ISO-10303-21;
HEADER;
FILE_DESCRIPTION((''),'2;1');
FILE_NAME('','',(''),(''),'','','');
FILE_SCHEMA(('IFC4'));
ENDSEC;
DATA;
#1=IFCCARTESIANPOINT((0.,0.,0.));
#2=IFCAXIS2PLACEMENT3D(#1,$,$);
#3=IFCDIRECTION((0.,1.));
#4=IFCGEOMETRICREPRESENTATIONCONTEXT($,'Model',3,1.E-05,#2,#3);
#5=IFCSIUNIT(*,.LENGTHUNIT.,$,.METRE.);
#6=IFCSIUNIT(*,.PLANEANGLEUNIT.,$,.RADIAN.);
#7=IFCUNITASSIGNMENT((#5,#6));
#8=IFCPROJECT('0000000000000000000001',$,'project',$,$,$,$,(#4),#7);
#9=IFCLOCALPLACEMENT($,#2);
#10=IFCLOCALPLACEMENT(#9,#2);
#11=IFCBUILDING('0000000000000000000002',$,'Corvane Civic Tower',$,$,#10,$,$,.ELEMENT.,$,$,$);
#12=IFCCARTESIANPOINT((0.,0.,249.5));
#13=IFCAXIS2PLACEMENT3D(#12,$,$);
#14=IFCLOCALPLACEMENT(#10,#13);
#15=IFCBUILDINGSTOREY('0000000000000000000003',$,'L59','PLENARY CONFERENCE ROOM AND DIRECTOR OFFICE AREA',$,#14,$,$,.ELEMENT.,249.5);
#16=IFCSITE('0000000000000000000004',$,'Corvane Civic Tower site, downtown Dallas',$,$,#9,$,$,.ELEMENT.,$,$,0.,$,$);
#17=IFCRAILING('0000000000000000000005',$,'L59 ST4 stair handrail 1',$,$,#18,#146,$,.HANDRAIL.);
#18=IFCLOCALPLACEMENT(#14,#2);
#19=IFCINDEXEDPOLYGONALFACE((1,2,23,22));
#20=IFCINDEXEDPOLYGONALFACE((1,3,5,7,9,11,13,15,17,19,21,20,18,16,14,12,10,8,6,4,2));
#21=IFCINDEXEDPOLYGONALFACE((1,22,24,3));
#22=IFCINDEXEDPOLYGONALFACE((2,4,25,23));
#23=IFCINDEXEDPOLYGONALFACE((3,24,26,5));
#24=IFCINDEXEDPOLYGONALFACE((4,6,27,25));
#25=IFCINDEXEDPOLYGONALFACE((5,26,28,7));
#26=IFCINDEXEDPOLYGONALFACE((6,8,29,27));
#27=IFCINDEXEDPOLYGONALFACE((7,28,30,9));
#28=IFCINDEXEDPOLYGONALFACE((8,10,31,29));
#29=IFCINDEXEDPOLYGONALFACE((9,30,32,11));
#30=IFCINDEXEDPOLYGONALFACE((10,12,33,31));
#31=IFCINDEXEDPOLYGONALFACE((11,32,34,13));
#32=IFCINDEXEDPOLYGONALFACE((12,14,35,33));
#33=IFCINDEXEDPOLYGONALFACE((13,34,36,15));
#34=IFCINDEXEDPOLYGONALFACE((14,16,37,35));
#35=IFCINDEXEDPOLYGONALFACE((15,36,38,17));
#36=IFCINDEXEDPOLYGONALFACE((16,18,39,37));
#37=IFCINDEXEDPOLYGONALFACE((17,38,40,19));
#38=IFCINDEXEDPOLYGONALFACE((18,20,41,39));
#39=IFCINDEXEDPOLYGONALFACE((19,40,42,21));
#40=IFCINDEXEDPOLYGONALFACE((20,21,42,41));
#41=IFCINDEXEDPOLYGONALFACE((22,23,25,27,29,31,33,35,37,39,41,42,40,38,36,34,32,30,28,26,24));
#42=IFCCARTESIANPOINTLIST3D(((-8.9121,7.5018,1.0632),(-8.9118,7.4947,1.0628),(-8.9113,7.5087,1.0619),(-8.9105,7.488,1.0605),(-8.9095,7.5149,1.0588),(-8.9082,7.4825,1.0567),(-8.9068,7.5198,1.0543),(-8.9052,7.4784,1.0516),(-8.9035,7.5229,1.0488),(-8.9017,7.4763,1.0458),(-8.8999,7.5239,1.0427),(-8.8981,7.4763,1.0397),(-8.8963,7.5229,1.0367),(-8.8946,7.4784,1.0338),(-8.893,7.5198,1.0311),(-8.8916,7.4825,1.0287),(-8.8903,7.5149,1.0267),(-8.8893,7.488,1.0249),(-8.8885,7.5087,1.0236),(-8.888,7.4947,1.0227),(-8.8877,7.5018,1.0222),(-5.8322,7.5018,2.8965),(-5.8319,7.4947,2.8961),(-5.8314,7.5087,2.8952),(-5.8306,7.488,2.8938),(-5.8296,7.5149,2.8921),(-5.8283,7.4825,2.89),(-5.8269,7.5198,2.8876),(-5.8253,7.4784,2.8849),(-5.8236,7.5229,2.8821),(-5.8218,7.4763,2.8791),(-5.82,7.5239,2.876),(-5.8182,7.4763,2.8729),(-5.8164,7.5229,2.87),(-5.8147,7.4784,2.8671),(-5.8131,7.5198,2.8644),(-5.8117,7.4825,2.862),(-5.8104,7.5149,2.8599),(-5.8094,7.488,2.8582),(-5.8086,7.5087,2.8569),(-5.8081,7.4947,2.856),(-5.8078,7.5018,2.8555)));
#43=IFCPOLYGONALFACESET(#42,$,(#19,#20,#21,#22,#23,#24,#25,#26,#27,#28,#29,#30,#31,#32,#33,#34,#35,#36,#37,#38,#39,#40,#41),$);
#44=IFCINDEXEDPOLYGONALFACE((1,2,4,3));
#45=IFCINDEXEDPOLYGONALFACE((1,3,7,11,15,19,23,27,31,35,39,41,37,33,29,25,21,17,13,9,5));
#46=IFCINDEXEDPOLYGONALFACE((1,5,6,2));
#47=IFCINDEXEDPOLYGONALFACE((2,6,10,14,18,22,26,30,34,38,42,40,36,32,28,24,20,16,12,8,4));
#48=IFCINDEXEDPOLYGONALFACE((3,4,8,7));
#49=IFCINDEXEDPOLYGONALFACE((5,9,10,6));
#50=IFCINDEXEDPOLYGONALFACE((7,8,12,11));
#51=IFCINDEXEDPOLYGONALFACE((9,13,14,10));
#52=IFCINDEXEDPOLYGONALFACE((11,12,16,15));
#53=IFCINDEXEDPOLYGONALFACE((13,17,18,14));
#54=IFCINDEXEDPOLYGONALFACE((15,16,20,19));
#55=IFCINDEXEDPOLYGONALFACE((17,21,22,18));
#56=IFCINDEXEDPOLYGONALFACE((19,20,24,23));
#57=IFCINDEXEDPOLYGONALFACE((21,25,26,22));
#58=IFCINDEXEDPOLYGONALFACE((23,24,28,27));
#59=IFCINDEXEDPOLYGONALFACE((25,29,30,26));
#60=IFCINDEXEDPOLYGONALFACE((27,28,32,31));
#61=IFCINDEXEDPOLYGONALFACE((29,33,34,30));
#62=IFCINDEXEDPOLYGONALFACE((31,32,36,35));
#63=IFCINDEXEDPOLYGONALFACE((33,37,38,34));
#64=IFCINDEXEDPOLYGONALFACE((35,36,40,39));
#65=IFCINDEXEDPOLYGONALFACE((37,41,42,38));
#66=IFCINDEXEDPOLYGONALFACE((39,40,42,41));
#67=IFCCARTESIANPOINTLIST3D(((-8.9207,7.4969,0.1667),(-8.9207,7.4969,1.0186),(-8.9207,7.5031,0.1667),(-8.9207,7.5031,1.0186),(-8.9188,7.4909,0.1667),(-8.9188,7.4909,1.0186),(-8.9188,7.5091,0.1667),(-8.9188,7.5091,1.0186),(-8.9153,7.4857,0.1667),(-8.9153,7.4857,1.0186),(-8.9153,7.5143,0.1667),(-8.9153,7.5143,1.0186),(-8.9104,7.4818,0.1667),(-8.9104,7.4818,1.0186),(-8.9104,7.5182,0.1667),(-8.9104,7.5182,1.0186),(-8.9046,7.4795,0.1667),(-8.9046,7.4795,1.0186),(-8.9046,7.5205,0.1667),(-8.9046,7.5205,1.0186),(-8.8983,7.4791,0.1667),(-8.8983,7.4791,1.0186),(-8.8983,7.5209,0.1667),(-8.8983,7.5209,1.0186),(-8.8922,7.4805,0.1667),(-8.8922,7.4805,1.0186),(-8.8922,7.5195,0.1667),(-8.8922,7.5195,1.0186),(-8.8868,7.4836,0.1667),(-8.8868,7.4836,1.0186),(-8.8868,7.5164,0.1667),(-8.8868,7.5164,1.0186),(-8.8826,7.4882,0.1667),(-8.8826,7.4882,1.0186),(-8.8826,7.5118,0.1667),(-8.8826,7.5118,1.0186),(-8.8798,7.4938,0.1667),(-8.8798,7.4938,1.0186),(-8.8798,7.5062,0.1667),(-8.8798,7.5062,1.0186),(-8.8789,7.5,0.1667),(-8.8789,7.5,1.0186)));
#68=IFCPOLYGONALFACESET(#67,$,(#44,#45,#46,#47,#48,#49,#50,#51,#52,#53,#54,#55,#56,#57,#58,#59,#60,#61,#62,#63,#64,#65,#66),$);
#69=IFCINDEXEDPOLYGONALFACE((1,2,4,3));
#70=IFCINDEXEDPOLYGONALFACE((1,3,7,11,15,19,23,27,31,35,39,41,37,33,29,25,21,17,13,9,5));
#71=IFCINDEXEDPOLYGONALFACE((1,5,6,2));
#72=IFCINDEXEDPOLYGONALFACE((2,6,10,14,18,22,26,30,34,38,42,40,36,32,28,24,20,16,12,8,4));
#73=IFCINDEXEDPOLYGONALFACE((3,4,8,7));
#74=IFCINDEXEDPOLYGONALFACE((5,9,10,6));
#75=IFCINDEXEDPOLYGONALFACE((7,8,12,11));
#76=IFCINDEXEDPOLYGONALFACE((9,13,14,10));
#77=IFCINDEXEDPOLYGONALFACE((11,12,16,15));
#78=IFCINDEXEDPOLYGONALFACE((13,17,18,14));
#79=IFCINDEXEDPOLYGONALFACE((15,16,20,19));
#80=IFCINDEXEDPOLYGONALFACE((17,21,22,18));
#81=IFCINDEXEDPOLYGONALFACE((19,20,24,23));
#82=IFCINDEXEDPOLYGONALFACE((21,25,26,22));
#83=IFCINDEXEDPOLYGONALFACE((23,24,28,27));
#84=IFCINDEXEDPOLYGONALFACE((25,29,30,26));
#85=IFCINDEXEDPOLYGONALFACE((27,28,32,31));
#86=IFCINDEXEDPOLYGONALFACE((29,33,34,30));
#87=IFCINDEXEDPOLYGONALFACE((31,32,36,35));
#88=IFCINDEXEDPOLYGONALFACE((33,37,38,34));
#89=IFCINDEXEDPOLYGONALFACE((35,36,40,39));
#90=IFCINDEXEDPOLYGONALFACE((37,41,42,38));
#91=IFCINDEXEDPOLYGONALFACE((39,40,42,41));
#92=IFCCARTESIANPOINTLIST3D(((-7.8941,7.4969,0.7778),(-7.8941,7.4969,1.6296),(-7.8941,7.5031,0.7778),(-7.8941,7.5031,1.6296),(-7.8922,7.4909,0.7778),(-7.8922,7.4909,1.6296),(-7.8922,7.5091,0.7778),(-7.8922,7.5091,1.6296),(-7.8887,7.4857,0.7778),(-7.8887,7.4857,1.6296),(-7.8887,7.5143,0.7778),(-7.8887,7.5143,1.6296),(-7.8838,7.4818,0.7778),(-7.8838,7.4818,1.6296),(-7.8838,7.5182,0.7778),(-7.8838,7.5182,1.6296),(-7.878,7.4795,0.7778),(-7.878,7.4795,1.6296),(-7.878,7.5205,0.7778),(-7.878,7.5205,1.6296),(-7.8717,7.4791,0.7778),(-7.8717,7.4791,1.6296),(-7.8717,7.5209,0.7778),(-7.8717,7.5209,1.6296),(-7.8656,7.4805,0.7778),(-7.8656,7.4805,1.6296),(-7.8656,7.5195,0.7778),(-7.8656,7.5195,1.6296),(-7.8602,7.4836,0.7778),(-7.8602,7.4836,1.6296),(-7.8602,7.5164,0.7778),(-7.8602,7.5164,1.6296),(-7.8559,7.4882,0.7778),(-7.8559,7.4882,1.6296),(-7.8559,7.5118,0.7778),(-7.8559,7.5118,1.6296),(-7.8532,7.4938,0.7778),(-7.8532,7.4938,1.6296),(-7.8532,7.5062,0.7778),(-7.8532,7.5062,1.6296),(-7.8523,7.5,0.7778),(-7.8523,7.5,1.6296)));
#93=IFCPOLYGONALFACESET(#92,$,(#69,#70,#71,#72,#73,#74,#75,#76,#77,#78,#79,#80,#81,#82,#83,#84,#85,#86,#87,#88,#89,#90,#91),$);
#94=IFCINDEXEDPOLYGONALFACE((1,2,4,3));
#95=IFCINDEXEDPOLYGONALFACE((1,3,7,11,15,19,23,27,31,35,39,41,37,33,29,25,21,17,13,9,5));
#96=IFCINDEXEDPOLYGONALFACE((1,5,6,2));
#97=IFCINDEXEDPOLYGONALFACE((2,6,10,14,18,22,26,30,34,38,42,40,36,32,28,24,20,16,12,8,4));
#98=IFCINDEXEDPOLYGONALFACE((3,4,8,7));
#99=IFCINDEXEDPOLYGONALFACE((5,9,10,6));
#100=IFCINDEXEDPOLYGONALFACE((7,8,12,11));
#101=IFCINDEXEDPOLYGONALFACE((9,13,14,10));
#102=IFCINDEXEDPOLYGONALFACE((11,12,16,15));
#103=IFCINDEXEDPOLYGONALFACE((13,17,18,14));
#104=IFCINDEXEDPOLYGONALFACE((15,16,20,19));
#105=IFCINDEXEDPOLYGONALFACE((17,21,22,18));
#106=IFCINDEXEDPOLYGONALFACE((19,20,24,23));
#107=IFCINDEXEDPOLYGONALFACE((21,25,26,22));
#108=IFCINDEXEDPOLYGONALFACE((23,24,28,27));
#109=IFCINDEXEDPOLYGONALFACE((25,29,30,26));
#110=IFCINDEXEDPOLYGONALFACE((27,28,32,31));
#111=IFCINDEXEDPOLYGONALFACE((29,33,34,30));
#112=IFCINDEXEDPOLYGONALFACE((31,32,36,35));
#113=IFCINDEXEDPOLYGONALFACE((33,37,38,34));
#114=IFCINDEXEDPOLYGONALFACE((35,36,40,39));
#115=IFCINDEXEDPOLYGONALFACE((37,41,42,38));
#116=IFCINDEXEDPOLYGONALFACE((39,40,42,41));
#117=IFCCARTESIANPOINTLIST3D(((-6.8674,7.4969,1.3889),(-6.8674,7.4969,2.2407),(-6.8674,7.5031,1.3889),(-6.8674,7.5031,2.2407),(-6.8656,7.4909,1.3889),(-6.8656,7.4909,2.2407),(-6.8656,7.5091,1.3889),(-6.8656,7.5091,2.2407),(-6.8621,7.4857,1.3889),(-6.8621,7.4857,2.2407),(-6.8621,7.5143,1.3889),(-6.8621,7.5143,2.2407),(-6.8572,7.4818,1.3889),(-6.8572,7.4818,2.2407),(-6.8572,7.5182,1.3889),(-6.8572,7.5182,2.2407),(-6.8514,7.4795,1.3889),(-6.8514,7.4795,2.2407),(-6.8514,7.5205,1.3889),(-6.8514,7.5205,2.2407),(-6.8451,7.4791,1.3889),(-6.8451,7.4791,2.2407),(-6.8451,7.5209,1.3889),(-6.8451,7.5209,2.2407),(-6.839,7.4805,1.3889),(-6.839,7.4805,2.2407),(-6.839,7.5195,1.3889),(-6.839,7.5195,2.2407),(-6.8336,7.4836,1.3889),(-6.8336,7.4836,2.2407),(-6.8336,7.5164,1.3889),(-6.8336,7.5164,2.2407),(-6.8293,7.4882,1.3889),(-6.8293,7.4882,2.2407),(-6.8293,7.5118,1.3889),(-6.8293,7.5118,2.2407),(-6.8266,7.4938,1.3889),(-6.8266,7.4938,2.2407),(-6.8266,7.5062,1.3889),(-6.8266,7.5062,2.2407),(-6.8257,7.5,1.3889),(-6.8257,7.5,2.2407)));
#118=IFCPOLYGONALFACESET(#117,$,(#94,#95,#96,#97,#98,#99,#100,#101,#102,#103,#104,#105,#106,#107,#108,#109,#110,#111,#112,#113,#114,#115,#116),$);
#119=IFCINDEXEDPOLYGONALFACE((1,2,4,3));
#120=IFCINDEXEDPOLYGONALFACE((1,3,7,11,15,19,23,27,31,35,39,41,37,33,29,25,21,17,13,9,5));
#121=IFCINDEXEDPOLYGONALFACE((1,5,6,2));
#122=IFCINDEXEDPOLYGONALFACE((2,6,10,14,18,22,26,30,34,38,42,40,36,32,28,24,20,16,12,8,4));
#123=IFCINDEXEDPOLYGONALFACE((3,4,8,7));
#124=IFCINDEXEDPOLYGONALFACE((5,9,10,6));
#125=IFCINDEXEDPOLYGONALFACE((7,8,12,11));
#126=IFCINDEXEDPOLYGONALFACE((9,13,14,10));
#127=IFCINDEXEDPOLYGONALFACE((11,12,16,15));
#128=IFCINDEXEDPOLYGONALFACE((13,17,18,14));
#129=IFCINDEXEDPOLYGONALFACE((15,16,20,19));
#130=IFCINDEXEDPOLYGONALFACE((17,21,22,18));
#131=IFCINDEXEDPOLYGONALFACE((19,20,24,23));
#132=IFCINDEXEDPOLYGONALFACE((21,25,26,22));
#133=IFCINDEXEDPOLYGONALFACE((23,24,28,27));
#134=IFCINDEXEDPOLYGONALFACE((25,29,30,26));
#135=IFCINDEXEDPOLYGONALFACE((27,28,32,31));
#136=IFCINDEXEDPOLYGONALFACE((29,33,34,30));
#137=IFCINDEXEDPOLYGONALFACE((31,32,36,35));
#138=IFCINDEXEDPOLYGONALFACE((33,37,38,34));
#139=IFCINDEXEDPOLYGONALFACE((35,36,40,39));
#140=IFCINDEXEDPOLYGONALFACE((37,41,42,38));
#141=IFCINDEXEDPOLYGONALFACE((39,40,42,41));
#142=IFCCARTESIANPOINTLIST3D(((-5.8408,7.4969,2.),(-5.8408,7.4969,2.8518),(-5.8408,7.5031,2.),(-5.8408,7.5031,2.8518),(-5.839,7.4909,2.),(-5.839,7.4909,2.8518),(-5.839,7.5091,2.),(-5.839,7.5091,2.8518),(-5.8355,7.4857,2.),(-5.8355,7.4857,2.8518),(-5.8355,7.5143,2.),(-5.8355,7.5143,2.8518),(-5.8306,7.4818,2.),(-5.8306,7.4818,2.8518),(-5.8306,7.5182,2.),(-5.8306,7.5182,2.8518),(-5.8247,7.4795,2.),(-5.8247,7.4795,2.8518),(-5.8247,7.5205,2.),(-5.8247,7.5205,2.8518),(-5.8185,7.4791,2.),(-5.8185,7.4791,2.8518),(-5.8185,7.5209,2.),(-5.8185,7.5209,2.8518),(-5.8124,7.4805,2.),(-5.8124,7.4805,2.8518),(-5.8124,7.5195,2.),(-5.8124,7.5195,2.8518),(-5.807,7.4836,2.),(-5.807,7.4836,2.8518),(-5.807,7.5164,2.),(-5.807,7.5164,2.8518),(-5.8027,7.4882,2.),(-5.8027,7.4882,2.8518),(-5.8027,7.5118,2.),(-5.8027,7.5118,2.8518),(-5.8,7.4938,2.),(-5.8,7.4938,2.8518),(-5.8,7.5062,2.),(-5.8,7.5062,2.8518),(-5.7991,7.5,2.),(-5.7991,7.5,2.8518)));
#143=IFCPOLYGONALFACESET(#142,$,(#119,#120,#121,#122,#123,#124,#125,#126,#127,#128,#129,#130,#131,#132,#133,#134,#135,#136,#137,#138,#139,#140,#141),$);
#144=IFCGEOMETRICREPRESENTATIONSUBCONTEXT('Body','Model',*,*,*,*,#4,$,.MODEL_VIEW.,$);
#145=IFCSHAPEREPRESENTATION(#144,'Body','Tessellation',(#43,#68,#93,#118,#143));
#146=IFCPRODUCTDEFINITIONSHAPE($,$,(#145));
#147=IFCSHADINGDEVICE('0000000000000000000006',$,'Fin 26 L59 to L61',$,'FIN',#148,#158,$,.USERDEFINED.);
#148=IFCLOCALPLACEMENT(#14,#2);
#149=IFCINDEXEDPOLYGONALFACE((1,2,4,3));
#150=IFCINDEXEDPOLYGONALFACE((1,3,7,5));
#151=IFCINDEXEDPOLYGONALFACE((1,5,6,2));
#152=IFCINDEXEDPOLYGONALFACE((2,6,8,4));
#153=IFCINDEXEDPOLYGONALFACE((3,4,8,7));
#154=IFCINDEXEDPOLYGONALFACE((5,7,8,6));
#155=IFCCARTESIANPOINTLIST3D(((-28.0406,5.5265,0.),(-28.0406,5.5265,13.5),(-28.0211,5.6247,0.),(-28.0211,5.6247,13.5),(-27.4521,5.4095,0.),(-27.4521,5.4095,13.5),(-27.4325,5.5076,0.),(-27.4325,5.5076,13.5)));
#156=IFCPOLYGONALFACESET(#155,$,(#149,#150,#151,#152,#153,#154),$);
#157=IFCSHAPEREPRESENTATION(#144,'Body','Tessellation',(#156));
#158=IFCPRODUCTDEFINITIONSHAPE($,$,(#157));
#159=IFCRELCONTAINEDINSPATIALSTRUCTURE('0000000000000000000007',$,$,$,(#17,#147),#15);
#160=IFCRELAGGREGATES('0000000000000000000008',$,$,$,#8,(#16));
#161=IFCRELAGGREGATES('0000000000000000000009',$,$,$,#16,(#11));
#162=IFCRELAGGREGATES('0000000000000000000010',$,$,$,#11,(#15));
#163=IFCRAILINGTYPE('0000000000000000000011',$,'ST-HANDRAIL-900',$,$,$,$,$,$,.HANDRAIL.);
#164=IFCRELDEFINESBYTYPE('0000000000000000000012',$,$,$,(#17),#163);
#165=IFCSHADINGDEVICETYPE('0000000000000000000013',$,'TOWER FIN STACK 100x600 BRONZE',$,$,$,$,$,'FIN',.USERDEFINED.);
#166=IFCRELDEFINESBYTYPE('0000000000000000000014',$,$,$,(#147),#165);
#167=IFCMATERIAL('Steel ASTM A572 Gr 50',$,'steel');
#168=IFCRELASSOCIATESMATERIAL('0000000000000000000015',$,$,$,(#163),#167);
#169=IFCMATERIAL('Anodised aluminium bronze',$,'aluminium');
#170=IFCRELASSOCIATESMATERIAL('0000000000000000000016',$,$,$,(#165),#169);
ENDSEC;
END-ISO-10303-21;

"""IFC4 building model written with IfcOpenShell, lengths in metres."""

from ifc_helpers import new_model, si_unit, direction, frame, origin, origin_2d, place, context, subcontext, project, spatial, rectangle, circle, extrude, material, material_profile, profile_set, type_object, element, save


model = new_model("IFC4")

# Units and contexts
model_context = context("Model", 3, precision=1e-05, world=origin(), true_north=direction((0.0, 1.0)))
body_context = subcontext(model_context, "Body", "Model", "MODEL_VIEW")
ifc_project = project(units=[si_unit("LENGTHUNIT", "METRE"), si_unit("PLANEANGLEUNIT", "RADIAN")], contexts=[model_context])

# Site, building, storey
site_placement = place(None, origin())
site = spatial("IfcSite", under=ifc_project, at=site_placement, Name="Corvane Civic Tower site, downtown Dallas", CompositionType="ELEMENT", RefElevation=0.0)
building_placement = place(site_placement, origin())
building = spatial("IfcBuilding", under=site, at=building_placement, Name="Corvane Civic Tower", CompositionType="ELEMENT")
storey_placement = place(building_placement, frame((0.0, 0.0, 249.5)))
storey = spatial("IfcBuildingStorey", under=building, at=storey_placement, Name="L59", Description="PLENARY CONFERENCE ROOM AND DIRECTOR OFFICE AREA", CompositionType="ELEMENT", Elevation=249.5)

# Railing
ifc_material_1 = material(Name="Steel ASTM A572 Gr 50", Category="steel")
railing_type_1 = type_object("IfcRailingType", Name="ST-HANDRAIL-900", PredefinedType="HANDRAIL", material=ifc_material_1)
railing_1_placement = place(storey_placement, frame((-8.8999, 7.5, 0.1667)))
element("IfcRailing", 1, at=railing_1_placement, inside=storey, type_object=railing_type_1, Name="L59 ST4 stair handrail 1", PredefinedType="HANDRAIL", context=body_context, shape_type="SweptSolid", body=[
    extrude(circle(Radius=0.0239, at=origin_2d()), frame((0.0, 0.0, 0.876), z_axis=(0.859291, 0.0, 0.511487), x_axis=(0.0, 1.0, 0.0)), (0.0, 0.0, 1.0), 3.5842),
    extrude(circle(Radius=0.021, at=origin_2d()), origin(), (0.0, 0.0, 1.0), 0.8518),
    extrude(circle(Radius=0.021, at=origin_2d()), frame((1.0266, 0.0, 0.6111)), (0.0, 0.0, 1.0), 0.8518),
    extrude(circle(Radius=0.021, at=origin_2d()), frame((2.0532, 0.0, 1.2222)), (0.0, 0.0, 1.0), 0.8518),
    extrude(circle(Radius=0.021, at=origin_2d()), frame((3.0798, 0.0, 1.8333)), (0.0, 0.0, 1.0), 0.8518),
])

# Shading device
ifc_material_2 = material(Name="Anodised aluminium bronze", Category="aluminium")
ifc_material_profile_1 = material_profile(ifc_material_2, rectangle(XDim=0.1001, YDim=0.6001, at=origin_2d()), Name="TOWER FIN STACK 100x600 BRONZE")
ifc_profile_set_1 = profile_set([ifc_material_profile_1], Name="Anodised aluminium bronze")
shading_device_type = type_object("IfcShadingDeviceType", Name="TOWER FIN STACK 100x600 BRONZE", ElementType="FIN", PredefinedType="USERDEFINED", material=ifc_profile_set_1)
shading_device_placement = place(storey_placement, frame((-27.7366, 5.5171, 0.0), z_axis=(0.0, 0.0, 1.0), x_axis=(0.19509, 0.980785, 0.0)))
element("IfcShadingDevice", 2, at=shading_device_placement, inside=storey, type_object=shading_device_type, Name="Fin 26 L59 to L61", ObjectType="FIN", PredefinedType="USERDEFINED", context=body_context, shape_type="SweptSolid", body=[
    extrude(rectangle(XDim=0.1001, YDim=0.6001, at=origin_2d()), origin(), (0.0, 0.0, 1.0), 13.5),
])

save(model, "model.ifc")
